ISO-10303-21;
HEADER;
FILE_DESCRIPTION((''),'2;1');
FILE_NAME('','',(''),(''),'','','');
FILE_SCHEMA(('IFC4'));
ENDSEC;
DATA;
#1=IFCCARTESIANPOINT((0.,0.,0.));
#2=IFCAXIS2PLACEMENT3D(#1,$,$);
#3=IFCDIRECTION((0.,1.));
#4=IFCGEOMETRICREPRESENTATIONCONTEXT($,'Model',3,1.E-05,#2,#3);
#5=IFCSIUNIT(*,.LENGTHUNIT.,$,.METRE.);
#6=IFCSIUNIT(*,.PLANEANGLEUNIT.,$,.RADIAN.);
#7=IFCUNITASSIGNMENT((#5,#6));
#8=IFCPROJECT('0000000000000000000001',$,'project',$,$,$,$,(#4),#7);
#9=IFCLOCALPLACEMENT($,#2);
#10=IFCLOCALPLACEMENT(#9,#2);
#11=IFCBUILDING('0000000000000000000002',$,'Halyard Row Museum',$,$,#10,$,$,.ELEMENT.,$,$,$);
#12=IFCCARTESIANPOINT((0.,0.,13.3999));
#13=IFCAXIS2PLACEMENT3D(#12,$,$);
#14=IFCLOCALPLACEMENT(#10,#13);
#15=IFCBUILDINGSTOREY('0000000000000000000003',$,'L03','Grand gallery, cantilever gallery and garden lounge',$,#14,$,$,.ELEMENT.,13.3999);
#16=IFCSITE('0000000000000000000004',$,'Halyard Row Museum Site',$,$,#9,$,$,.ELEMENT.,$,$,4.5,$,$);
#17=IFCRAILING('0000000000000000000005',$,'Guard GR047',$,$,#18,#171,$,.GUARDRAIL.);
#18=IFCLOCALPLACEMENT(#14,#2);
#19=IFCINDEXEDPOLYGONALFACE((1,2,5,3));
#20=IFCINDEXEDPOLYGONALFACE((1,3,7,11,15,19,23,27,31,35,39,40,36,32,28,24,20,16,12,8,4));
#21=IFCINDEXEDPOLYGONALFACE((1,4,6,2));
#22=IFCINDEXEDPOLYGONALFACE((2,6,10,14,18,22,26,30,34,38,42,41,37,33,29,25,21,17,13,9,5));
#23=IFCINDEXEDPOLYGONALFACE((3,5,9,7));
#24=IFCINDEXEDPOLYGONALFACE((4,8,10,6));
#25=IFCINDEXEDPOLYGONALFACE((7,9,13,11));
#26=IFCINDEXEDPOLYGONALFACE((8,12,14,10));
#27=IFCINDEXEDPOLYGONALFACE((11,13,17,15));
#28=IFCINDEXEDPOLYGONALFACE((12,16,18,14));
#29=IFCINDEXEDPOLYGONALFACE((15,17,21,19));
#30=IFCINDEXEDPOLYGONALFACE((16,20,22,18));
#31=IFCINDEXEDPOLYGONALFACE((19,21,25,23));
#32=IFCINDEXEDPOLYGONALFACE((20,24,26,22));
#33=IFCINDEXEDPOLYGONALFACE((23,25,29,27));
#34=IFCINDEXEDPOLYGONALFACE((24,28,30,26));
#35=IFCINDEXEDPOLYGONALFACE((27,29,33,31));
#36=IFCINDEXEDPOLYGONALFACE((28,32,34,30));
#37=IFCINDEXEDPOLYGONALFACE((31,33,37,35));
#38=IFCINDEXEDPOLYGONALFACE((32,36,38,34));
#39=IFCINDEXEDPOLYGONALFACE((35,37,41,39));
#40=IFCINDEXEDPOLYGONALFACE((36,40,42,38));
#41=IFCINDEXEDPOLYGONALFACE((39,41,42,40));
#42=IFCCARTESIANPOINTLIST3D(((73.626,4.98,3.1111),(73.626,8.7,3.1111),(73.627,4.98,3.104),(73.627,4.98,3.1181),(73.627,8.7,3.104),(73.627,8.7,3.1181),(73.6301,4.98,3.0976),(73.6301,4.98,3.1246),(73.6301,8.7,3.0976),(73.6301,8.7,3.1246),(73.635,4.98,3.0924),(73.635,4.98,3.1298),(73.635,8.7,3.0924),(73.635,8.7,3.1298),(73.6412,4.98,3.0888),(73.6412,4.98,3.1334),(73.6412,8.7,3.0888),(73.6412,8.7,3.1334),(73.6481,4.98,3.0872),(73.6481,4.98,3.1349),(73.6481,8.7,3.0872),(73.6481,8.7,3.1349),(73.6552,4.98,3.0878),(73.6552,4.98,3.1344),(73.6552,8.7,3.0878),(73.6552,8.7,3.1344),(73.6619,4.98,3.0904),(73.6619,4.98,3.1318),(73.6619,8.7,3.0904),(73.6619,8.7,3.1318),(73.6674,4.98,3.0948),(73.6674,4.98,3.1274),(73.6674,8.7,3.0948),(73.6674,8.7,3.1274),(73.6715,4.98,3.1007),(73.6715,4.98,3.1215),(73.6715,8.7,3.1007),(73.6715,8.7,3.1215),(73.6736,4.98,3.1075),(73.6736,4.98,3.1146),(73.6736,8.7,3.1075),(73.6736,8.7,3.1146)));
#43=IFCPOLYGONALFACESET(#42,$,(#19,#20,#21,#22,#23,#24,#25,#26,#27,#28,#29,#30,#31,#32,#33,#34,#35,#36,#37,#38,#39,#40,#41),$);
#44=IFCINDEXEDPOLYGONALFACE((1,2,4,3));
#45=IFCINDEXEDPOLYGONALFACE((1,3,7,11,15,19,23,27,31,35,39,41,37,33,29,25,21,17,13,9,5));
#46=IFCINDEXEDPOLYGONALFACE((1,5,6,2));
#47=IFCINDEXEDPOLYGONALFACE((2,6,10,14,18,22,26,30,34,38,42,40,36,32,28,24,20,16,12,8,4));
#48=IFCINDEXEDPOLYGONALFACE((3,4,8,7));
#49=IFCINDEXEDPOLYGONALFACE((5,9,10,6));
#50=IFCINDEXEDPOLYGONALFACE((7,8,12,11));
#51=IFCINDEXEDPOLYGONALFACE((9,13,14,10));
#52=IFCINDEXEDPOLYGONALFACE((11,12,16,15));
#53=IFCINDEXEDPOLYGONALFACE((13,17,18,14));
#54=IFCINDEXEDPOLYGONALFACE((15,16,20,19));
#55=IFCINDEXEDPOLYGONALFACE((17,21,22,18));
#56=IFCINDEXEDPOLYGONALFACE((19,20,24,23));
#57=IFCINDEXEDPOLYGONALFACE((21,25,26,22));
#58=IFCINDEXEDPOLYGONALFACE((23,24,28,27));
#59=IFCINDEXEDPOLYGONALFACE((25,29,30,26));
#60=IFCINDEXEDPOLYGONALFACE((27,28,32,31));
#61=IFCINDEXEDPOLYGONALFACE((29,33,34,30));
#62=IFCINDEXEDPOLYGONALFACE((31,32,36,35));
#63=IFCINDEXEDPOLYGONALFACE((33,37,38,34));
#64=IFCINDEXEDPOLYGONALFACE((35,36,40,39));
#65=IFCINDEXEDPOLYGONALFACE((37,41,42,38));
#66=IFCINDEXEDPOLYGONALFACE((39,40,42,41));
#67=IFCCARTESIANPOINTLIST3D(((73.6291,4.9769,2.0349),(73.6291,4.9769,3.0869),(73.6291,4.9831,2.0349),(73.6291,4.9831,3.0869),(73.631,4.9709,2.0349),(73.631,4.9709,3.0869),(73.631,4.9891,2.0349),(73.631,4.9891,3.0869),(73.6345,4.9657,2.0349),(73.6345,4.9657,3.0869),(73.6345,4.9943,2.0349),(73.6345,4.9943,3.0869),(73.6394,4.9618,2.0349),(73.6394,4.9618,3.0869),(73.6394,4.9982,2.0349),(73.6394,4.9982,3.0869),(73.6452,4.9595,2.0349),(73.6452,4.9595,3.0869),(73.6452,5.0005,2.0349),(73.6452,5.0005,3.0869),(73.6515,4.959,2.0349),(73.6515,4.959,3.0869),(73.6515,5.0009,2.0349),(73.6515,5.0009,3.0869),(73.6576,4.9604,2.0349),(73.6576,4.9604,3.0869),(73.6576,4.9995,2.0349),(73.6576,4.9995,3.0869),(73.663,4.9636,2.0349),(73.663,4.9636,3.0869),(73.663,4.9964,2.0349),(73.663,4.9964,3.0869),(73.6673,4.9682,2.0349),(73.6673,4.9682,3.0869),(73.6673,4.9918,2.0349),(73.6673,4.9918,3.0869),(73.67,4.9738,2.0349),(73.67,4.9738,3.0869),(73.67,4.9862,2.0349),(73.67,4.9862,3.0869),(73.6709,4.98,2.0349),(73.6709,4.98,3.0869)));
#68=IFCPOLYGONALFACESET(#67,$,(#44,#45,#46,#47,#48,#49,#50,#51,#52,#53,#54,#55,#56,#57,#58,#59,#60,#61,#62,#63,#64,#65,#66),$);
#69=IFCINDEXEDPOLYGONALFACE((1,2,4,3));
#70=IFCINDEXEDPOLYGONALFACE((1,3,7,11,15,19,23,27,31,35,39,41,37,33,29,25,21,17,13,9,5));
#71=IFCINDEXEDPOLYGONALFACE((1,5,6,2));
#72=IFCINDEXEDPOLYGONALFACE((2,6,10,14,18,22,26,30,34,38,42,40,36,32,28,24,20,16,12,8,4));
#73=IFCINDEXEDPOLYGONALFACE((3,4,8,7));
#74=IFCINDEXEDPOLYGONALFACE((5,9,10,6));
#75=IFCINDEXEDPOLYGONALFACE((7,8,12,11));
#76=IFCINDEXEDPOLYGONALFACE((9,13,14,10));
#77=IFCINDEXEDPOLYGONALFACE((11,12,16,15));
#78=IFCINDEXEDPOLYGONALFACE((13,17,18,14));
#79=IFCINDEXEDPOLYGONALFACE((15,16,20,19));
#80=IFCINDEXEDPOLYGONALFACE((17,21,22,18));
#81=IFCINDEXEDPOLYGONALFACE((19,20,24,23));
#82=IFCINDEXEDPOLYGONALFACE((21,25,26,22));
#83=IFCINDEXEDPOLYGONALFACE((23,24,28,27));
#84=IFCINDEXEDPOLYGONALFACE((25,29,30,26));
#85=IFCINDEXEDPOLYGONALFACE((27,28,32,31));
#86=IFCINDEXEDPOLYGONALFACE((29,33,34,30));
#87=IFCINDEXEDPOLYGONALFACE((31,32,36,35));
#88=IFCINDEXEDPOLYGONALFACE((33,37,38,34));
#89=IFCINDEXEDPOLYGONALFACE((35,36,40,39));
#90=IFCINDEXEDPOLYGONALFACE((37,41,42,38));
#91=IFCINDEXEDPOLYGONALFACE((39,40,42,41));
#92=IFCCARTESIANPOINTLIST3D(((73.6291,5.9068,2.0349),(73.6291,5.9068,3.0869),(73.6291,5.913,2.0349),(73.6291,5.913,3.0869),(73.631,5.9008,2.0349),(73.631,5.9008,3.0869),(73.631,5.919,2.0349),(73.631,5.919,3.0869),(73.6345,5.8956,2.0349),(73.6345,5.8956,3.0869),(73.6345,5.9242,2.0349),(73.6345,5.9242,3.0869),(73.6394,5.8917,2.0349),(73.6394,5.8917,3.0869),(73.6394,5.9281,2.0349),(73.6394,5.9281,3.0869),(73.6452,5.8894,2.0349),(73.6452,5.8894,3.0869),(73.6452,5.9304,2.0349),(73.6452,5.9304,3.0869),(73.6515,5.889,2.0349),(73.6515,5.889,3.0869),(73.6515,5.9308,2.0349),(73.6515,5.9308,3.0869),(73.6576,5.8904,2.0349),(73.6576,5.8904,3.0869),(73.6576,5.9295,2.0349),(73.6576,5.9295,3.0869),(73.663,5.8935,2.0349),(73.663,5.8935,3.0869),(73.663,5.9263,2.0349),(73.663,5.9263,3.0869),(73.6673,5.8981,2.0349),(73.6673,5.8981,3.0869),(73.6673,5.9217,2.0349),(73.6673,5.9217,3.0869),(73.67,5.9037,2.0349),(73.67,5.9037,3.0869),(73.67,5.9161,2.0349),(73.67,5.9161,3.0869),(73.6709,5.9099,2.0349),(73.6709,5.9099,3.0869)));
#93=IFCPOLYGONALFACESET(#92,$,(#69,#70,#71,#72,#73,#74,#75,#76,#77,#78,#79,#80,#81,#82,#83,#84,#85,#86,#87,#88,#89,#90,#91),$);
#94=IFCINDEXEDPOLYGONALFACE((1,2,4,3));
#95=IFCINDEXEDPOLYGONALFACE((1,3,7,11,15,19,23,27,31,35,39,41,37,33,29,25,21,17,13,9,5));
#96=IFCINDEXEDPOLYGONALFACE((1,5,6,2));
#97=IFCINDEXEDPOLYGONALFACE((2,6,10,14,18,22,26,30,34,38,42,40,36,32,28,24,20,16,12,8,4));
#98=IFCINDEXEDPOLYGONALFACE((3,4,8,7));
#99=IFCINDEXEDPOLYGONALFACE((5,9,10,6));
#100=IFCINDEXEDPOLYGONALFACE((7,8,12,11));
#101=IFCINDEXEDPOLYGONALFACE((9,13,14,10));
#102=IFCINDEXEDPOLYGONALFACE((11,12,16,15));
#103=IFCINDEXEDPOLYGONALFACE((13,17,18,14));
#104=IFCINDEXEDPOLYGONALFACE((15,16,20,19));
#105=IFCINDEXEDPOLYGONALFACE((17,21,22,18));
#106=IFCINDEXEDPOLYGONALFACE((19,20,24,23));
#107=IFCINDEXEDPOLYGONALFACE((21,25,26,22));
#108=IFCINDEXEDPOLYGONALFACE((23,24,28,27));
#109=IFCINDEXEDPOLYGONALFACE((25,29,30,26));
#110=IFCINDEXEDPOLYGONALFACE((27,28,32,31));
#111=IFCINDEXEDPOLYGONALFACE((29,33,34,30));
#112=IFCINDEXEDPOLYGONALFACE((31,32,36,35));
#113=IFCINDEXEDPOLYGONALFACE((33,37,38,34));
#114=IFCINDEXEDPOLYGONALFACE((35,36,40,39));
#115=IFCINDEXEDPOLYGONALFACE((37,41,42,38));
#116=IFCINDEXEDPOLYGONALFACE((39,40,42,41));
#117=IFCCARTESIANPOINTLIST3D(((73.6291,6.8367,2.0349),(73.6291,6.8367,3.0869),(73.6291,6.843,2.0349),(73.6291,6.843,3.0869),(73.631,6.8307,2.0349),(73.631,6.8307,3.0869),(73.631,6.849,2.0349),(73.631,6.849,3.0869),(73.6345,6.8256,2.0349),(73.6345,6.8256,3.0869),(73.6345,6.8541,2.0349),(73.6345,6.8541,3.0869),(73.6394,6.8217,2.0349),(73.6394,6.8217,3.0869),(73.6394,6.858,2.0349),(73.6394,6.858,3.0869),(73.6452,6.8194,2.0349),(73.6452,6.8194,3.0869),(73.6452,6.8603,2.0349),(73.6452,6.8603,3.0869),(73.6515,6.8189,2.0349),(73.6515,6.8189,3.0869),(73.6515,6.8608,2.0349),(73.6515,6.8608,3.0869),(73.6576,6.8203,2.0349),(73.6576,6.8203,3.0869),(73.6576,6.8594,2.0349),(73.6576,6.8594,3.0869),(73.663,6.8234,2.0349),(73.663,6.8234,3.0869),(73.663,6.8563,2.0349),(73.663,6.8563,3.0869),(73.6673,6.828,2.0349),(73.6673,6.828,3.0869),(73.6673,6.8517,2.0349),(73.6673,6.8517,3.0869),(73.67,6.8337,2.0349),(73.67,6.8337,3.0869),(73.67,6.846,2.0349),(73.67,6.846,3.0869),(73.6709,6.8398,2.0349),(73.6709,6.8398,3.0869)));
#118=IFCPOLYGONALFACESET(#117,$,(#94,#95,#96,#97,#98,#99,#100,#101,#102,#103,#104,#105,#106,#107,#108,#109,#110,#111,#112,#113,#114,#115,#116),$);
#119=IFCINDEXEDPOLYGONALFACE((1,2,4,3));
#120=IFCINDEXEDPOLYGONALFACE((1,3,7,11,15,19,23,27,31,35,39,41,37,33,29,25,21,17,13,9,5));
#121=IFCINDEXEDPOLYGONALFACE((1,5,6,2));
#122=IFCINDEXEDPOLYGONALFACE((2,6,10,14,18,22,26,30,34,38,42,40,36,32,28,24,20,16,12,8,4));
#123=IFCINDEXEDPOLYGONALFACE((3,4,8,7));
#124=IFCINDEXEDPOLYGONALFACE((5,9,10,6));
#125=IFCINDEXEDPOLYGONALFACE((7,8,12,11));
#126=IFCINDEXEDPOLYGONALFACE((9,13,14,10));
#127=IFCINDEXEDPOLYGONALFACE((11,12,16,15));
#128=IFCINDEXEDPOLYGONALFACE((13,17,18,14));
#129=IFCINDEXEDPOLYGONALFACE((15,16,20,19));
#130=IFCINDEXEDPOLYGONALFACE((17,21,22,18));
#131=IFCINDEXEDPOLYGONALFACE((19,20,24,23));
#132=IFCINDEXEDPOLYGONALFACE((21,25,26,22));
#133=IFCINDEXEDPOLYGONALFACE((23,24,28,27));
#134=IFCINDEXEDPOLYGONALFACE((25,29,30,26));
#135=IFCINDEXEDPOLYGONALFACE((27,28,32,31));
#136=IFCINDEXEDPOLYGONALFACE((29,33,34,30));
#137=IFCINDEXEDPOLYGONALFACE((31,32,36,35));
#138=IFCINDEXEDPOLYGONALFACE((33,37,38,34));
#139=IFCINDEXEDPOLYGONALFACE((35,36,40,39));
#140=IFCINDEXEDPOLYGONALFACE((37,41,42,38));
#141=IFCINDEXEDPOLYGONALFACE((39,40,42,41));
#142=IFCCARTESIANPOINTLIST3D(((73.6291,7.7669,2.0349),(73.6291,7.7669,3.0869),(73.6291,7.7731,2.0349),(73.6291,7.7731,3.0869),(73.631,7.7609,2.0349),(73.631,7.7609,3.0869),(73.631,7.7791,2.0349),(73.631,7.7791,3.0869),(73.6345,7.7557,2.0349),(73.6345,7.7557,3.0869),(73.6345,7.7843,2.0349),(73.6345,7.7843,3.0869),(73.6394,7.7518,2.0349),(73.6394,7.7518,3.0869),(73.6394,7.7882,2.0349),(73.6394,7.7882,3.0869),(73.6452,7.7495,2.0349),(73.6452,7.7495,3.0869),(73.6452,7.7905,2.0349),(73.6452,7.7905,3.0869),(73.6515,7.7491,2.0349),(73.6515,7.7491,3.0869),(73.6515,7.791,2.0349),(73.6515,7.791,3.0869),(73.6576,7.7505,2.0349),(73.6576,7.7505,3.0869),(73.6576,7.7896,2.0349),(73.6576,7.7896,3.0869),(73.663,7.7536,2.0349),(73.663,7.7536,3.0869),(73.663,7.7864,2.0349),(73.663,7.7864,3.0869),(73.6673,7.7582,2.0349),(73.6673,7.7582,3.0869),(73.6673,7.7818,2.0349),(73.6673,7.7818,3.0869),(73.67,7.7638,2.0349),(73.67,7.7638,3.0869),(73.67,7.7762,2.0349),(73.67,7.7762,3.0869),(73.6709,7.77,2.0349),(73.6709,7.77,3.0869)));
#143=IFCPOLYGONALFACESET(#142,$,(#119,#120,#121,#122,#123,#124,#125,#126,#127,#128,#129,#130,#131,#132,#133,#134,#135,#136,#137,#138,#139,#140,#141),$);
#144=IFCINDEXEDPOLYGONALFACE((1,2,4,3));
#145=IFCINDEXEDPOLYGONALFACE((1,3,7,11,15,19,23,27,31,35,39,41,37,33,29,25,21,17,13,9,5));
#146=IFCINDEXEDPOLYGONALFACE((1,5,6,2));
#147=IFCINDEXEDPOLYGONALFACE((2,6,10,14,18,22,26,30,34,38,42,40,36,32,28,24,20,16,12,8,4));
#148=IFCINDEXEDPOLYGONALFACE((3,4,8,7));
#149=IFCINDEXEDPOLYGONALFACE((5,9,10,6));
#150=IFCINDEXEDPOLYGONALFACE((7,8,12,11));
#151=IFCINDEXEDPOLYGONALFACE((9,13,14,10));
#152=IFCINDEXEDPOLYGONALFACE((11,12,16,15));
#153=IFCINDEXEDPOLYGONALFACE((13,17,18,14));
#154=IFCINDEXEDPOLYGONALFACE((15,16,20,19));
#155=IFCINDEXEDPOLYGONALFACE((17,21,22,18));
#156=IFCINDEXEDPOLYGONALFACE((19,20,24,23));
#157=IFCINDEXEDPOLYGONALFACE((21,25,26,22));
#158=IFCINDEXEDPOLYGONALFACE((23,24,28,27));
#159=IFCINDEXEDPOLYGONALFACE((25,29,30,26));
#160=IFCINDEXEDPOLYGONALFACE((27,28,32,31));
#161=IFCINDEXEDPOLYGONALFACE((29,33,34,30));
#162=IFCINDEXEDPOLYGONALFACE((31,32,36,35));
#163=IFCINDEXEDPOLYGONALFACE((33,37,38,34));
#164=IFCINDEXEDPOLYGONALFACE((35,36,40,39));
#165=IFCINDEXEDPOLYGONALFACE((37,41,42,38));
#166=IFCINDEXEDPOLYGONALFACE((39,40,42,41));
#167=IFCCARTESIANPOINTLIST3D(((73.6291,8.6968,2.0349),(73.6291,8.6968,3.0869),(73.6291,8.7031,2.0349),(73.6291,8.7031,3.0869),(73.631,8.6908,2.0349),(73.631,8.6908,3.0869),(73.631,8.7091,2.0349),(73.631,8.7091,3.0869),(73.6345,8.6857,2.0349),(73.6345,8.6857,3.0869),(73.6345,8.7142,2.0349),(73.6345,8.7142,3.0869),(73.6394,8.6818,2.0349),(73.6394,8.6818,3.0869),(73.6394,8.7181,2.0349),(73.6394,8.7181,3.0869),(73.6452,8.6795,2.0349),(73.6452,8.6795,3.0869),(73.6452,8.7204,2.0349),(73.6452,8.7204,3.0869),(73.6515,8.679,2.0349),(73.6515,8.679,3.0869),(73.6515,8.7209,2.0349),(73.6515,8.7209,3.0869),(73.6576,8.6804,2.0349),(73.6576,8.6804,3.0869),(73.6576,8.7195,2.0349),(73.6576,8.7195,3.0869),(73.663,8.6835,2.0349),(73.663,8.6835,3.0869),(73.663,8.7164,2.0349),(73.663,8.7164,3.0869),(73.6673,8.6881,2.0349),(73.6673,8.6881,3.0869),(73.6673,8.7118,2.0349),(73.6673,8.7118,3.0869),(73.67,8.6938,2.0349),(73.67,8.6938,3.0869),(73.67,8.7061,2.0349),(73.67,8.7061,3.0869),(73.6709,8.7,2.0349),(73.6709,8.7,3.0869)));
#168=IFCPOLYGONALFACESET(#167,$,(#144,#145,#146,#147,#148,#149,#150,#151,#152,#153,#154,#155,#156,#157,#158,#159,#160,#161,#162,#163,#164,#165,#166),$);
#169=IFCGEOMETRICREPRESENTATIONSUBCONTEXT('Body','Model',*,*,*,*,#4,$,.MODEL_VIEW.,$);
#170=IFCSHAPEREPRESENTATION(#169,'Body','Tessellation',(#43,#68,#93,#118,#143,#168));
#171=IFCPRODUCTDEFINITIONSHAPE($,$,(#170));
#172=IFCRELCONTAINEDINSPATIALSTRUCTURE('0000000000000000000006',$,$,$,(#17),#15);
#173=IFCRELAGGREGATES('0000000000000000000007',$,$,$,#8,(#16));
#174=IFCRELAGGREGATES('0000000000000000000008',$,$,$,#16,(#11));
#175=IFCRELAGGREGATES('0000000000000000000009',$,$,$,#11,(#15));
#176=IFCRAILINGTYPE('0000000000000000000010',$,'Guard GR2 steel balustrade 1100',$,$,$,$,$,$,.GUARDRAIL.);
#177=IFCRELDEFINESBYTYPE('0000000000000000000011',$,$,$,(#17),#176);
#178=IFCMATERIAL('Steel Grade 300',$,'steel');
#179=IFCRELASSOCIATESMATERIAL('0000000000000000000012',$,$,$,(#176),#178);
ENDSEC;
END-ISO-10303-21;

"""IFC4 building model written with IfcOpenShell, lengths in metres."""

from ifc_helpers import new_model, si_unit, direction, frame, origin, origin_2d, place, context, subcontext, project, spatial, circle, extrude, material, type_object, element, save


model = new_model("IFC4")

# Units and contexts
model_context = context("Model", 3, precision=1e-05, world=origin(), true_north=direction((0.0, 1.0)))
body_context = subcontext(model_context, "Body", "Model", "MODEL_VIEW")
ifc_project = project(units=[si_unit("LENGTHUNIT", "METRE"), si_unit("PLANEANGLEUNIT", "RADIAN")], contexts=[model_context])

# Site, building, storey
site_placement = place(None, origin())
site = spatial("IfcSite", under=ifc_project, at=site_placement, Name="Halyard Row Museum Site", CompositionType="ELEMENT", RefElevation=4.5)
building_placement = place(site_placement, origin())
building = spatial("IfcBuilding", under=site, at=building_placement, Name="Halyard Row Museum", CompositionType="ELEMENT")
storey_placement = place(building_placement, frame((0.0, 0.0, 13.3999)))
storey = spatial("IfcBuildingStorey", under=building, at=storey_placement, Name="L03", Description="Grand gallery, cantilever gallery and garden lounge", CompositionType="ELEMENT", Elevation=13.3999)

# Railing
ifc_material_1 = material(Name="Steel Grade 300", Category="steel")
railing_type_1 = type_object("IfcRailingType", Name="Guard GR2 steel balustrade 1100", PredefinedType="GUARDRAIL", material=ifc_material_1)
railing_1_placement = place(storey_placement, frame((73.6499, 4.98, 2.0349)))
element("IfcRailing", 1, at=railing_1_placement, inside=storey, type_object=railing_type_1, Name="Guard GR047", PredefinedType="GUARDRAIL", context=body_context, shape_type="SweptSolid", body=[
    extrude(circle(Radius=0.0239, at=origin_2d()), frame((0.0, 0.0, 1.0762), z_axis=(0.0, 1.0, 0.0), x_axis=(-1.0, 0.0, 0.0)), (0.0, 0.0, 1.0), 3.72),
    extrude(circle(Radius=0.021, at=origin_2d()), origin(), (0.0, 0.0, 1.0), 1.052),
    extrude(circle(Radius=0.021, at=origin_2d()), frame((0.0, 0.9299, 0.0)), (0.0, 0.0, 1.0), 1.052),
    extrude(circle(Radius=0.021, at=origin_2d()), frame((0.0, 1.8599, 0.0)), (0.0, 0.0, 1.0), 1.052),
    extrude(circle(Radius=0.021, at=origin_2d()), frame((0.0, 2.79, 0.0)), (0.0, 0.0, 1.0), 1.052),
    extrude(circle(Radius=0.021, at=origin_2d()), frame((0.0, 3.72, 0.0)), (0.0, 0.0, 1.0), 1.052),
])

save(model, "model.ifc")
